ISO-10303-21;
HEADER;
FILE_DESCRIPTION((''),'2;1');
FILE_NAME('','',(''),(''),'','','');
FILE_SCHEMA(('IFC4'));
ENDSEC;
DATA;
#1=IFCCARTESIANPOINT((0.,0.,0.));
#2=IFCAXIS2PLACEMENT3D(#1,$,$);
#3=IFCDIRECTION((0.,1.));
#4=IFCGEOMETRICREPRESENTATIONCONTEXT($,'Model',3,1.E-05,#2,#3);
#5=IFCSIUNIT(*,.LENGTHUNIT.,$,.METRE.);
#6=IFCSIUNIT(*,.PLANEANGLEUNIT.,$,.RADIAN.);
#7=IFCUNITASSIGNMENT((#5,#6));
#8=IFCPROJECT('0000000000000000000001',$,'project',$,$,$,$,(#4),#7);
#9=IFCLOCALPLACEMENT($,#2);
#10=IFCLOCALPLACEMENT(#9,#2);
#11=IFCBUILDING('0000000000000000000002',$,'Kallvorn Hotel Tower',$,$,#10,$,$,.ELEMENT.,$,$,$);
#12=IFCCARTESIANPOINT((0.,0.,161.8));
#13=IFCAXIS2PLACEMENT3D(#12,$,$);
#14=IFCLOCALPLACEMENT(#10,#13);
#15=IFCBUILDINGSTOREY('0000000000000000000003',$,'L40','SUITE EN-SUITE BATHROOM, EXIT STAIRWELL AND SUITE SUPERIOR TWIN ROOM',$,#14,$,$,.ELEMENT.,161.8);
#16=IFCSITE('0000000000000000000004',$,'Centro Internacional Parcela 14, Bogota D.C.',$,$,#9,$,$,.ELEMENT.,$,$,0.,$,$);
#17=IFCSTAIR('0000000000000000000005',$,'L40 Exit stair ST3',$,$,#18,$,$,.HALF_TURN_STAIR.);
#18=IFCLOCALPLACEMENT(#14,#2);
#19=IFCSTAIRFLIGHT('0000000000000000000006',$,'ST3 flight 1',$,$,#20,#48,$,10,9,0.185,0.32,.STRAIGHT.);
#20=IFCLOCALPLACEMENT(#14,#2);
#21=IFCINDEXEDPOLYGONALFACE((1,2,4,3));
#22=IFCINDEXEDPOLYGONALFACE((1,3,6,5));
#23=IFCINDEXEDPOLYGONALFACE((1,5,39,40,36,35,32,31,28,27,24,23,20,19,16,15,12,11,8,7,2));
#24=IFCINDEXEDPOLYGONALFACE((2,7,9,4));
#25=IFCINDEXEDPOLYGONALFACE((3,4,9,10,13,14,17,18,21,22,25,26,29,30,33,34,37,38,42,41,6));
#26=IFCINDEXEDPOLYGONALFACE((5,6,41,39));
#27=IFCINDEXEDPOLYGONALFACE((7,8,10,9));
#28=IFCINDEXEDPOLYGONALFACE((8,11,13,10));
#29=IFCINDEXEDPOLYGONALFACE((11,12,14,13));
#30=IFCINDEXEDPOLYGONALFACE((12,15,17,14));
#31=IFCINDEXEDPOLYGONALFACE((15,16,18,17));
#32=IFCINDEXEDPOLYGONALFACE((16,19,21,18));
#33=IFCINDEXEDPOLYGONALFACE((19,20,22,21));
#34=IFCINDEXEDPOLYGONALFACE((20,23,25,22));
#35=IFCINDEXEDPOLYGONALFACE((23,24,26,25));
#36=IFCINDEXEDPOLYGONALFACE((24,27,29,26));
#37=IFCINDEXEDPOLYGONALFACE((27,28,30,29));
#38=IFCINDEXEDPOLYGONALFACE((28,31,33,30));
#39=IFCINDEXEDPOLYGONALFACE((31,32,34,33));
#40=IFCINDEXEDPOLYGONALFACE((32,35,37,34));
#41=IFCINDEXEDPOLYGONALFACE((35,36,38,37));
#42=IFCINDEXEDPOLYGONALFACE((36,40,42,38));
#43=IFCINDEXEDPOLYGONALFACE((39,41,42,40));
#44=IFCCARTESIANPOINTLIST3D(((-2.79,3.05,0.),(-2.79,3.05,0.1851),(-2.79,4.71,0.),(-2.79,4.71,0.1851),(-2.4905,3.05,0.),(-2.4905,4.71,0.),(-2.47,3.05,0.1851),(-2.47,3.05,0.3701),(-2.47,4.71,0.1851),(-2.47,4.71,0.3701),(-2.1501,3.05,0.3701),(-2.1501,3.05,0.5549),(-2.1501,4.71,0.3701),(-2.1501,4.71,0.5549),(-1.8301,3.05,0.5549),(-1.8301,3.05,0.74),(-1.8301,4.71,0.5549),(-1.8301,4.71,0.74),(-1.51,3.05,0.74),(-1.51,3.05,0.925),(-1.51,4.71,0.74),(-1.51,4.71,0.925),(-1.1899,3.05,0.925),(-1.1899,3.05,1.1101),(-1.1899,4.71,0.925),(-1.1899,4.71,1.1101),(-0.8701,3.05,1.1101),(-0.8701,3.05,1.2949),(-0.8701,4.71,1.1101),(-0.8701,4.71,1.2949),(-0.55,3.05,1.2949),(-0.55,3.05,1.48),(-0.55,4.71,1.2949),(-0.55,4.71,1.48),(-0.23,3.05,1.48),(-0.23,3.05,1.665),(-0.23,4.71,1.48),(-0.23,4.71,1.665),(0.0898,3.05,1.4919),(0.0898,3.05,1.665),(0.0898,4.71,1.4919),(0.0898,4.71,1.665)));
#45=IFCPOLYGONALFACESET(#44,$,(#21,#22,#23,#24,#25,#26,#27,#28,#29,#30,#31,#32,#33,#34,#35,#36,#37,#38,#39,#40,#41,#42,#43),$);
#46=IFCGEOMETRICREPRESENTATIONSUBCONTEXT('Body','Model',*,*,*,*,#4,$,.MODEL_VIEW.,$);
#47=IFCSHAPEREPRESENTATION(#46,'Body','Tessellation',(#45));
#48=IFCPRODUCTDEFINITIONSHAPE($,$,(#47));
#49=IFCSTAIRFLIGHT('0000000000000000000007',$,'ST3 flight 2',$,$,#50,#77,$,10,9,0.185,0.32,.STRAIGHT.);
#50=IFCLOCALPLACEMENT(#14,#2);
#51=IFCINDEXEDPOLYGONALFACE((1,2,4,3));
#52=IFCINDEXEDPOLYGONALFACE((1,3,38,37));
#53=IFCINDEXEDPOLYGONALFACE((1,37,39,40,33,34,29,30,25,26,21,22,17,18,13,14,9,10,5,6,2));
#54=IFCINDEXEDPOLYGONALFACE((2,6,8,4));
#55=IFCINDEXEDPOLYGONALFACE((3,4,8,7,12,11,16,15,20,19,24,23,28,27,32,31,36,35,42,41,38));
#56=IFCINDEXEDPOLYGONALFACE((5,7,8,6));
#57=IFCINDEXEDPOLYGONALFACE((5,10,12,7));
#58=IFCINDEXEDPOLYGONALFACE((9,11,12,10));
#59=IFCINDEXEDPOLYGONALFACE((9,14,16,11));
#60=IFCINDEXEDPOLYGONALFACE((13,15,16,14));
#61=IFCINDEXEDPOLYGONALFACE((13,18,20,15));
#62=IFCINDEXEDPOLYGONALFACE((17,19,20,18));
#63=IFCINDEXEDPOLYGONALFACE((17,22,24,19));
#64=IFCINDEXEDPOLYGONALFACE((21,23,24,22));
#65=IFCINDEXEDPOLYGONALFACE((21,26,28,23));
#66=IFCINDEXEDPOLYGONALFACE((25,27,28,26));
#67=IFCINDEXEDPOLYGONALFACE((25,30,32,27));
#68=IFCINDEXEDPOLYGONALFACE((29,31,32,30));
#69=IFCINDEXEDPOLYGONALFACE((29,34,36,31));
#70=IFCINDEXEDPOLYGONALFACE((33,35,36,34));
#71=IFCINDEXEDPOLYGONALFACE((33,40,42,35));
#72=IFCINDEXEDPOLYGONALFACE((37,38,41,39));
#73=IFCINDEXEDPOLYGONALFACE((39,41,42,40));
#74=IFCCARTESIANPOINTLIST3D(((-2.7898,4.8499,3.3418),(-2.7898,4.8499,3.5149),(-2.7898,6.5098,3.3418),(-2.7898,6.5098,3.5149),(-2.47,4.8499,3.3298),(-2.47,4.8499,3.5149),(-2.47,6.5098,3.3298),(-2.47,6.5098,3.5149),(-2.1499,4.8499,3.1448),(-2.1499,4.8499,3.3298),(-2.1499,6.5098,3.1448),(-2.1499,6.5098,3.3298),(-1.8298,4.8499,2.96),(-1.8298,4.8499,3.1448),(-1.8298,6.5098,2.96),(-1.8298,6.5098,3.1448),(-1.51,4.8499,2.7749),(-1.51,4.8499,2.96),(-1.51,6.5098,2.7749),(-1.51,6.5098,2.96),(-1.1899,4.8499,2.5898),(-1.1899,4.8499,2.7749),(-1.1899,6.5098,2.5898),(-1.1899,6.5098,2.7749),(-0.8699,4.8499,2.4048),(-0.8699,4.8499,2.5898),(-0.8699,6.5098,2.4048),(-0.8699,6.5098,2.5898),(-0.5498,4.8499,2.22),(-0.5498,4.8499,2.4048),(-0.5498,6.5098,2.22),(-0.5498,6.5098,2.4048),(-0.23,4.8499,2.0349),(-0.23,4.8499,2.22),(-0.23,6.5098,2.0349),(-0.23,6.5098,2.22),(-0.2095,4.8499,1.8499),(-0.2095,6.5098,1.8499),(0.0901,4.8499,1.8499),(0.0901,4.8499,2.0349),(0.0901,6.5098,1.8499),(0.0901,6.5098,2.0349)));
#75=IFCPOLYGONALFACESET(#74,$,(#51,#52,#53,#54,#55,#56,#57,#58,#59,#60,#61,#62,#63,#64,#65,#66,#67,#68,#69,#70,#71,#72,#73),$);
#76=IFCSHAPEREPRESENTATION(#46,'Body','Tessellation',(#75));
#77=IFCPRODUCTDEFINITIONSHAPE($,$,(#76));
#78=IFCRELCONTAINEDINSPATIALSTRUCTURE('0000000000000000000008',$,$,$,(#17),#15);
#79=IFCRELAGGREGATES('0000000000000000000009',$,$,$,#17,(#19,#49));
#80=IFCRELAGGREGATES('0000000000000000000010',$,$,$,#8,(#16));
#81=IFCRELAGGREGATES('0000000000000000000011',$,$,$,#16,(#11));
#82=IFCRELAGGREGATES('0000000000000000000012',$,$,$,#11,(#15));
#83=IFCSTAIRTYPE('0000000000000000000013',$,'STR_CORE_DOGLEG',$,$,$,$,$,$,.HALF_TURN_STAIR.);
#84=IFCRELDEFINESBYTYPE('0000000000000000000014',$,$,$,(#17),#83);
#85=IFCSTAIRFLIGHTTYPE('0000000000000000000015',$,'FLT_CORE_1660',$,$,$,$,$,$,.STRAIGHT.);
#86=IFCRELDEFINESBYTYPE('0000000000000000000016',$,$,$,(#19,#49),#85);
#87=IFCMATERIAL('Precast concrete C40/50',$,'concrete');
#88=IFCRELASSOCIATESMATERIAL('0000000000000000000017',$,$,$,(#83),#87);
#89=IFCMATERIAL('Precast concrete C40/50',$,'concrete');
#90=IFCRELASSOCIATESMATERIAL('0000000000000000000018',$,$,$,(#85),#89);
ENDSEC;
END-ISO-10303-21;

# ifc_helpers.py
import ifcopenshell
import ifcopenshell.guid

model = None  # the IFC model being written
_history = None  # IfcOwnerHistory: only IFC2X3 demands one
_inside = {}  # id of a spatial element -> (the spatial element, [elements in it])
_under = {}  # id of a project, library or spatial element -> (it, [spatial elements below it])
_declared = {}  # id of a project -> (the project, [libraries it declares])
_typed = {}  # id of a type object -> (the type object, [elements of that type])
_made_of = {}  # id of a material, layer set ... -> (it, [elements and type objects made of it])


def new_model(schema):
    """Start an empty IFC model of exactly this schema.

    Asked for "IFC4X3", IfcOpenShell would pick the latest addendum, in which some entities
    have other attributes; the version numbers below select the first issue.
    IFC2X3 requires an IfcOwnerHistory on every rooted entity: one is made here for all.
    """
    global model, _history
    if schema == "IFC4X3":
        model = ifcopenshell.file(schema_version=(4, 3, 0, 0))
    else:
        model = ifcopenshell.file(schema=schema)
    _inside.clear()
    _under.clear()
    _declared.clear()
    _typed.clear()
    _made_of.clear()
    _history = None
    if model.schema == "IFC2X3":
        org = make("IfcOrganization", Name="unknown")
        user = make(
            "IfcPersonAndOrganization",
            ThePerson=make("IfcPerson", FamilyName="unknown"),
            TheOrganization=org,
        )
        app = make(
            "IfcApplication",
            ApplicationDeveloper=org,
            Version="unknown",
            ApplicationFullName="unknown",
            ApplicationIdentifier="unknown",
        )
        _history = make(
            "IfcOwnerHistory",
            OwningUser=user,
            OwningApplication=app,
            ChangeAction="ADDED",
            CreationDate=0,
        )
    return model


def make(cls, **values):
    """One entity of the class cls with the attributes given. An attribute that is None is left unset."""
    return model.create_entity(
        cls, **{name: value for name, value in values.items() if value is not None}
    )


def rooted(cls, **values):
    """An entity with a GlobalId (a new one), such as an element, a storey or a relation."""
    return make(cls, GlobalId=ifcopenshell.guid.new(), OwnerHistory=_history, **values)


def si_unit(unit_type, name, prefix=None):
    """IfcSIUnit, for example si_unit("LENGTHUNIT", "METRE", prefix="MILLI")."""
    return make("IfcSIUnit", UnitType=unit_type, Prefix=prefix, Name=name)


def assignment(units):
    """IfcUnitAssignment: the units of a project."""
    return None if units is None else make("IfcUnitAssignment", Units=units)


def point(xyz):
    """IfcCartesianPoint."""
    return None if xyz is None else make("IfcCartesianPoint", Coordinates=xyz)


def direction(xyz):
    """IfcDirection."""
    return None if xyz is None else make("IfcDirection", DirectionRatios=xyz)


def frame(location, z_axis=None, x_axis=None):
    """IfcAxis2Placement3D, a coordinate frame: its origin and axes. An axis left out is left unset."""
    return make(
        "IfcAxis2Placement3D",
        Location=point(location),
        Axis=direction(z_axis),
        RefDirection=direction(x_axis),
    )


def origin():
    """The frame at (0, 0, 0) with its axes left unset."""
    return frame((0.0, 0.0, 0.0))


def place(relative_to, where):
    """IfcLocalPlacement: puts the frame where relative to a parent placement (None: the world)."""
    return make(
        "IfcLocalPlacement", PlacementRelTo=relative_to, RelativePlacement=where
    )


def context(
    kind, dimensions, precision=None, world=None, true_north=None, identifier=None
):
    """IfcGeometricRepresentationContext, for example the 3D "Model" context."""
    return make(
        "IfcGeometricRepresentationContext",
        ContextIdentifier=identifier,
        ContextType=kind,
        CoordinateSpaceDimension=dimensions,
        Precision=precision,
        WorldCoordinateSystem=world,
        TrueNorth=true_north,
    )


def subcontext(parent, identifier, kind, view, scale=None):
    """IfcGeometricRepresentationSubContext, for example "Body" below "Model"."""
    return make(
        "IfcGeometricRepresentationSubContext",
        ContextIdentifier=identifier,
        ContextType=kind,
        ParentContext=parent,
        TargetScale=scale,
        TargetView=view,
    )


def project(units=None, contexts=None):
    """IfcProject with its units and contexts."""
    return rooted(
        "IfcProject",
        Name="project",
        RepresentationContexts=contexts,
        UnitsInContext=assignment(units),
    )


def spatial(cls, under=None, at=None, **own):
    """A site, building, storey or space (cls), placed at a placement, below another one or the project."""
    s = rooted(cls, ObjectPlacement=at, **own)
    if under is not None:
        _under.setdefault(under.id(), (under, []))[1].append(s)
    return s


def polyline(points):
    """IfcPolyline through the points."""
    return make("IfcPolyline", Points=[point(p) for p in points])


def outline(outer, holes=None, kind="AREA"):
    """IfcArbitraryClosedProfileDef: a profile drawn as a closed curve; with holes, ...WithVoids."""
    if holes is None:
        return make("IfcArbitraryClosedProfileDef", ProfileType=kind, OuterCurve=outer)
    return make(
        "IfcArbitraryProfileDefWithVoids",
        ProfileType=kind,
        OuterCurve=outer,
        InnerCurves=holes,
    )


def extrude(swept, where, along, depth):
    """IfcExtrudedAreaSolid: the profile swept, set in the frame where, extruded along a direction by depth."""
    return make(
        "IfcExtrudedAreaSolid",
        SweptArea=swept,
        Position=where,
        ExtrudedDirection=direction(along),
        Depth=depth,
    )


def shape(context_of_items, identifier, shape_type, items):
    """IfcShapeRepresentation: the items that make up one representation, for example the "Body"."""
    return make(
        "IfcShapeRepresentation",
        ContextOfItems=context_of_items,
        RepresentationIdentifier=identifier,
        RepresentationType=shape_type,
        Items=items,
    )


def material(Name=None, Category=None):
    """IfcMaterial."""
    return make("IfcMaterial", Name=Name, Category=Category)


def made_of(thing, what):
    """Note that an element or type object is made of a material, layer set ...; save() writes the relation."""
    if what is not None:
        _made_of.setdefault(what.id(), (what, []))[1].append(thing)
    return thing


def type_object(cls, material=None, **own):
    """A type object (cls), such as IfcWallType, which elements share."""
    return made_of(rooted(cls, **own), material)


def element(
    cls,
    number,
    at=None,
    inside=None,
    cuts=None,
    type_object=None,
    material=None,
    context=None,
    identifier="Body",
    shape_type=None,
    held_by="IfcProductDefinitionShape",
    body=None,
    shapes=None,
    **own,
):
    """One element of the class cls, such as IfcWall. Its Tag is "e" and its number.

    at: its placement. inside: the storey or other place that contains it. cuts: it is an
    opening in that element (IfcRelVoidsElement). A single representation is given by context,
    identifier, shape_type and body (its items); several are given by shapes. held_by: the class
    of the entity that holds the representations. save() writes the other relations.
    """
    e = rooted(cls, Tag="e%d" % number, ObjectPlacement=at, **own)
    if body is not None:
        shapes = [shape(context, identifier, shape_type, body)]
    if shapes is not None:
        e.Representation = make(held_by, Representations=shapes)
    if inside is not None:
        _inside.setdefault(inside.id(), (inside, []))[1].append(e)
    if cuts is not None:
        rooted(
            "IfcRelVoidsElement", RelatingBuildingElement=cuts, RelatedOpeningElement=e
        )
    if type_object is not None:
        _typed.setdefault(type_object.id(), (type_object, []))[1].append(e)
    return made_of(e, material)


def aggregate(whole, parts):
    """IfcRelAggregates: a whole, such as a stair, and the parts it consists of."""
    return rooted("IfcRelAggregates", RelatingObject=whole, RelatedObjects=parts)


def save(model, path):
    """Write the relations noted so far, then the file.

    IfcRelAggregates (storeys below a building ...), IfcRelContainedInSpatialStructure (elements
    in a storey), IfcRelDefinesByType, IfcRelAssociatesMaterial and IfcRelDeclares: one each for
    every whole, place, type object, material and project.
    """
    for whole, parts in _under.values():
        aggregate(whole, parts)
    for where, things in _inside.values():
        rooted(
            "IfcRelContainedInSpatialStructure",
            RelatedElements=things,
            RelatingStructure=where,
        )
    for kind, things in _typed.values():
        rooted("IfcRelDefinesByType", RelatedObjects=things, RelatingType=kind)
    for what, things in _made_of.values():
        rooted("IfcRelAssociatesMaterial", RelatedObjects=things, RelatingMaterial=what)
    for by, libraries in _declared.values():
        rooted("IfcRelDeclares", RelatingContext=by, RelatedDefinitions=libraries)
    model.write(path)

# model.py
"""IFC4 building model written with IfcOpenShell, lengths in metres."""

from ifc_helpers import new_model, si_unit, direction, frame, origin, place, context, subcontext, project, spatial, polyline, outline, extrude, material, type_object, element, aggregate, save


model = new_model("IFC4")

# Units and contexts
model_context = context("Model", 3, precision=1e-05, world=origin(), true_north=direction((0.0, 1.0)))
body_context = subcontext(model_context, "Body", "Model", "MODEL_VIEW")
ifc_project = project(units=[si_unit("LENGTHUNIT", "METRE"), si_unit("PLANEANGLEUNIT", "RADIAN")], contexts=[model_context])

# Site, building, storey
site_placement = place(None, origin())
site = spatial("IfcSite", under=ifc_project, at=site_placement, Name="Centro Internacional Parcela 14, Bogota D.C.", CompositionType="ELEMENT", RefElevation=0.0)
building_placement = place(site_placement, origin())
building = spatial("IfcBuilding", under=site, at=building_placement, Name="Kallvorn Hotel Tower", CompositionType="ELEMENT")
storey_placement = place(building_placement, frame((0.0, 0.0, 161.8)))
storey = spatial("IfcBuildingStorey", under=building, at=storey_placement, Name="L40", Description="SUITE EN-SUITE BATHROOM, EXIT STAIRWELL AND SUITE SUPERIOR TWIN ROOM", CompositionType="ELEMENT", Elevation=161.8)

# Stair
ifc_material_1 = material(Name="Precast concrete C40/50", Category="concrete")
stair_type = type_object("IfcStairType", Name="STR_CORE_DOGLEG", PredefinedType="HALF_TURN_STAIR", material=ifc_material_1)
stair_1_placement = place(storey_placement, origin())
stair_1 = element("IfcStair", 1, at=stair_1_placement, inside=storey, type_object=stair_type, Name="L40 Exit stair ST3", PredefinedType="HALF_TURN_STAIR")

# Stair flights
ifc_material_2 = material(Name="Precast concrete C40/50", Category="concrete")
stair_flight_type = type_object("IfcStairFlightType", Name="FLT_CORE_1660", PredefinedType="STRAIGHT", material=ifc_material_2)
stair_flight_1_placement = place(storey_placement, frame((-2.79, 3.8799, 0.0), z_axis=(0.0, 0.0, 1.0), x_axis=(1.0, 0.0, 0.0)))
stair_flight_1 = element("IfcStairFlight", 2, at=stair_flight_1_placement, type_object=stair_flight_type, Name="ST3 flight 1", NumberOfRisers=10, NumberOfTreads=9, PredefinedType="STRAIGHT", RiserHeight=0.185, TreadLength=0.32, context=body_context, shape_type="SweptSolid", body=[
    extrude(outline(polyline([(0.0, 0.0), (0.0, 0.1851), (0.3201, 0.1851), (0.3201, 0.3701), (0.6399, 0.3701), (0.6399, 0.5549), (0.96, 0.5549), (0.96, 0.74), (1.28, 0.74), (1.28, 0.925), (1.6001, 0.925), (1.6001, 1.1101), (1.9199, 1.1101), (1.9199, 1.2949), (2.24, 1.2949), (2.24, 1.48), (2.5601, 1.48), (2.5601, 1.665), (2.8799, 1.665), (2.8799, 1.8501), (2.8799, 1.4919), (0.2996, 0.0), (0.0, 0.0)])), frame((0.0, 0.8301, 0.0), z_axis=(0.0, -1.0, 0.0), x_axis=(1.0, 0.0, 0.0)), (0.0, 0.0, 1.0), 1.6599),
])
stair_flight_2_placement = place(storey_placement, frame((0.0901, 5.6799, 1.8499), z_axis=(0.0, 0.0, 1.0), x_axis=(-1.0, 0.0, 0.0)))
stair_flight_2 = element("IfcStairFlight", 3, at=stair_flight_2_placement, type_object=stair_flight_type, Name="ST3 flight 2", NumberOfRisers=10, NumberOfTreads=9, PredefinedType="STRAIGHT", RiserHeight=0.185, TreadLength=0.32, context=body_context, shape_type="SweptSolid", body=[
    extrude(outline(polyline([(0.0, 0.0), (0.0, 0.1851), (0.3201, 0.1851), (0.3201, 0.3701), (0.6399, 0.3701), (0.6399, 0.5549), (0.96, 0.5549), (0.96, 0.74), (1.28, 0.74), (1.28, 0.925), (1.6001, 0.925), (1.6001, 1.1101), (1.9199, 1.1101), (1.9199, 1.2949), (2.24, 1.2949), (2.24, 1.48), (2.5601, 1.48), (2.5601, 1.665), (2.8799, 1.665), (2.8799, 1.8501), (2.8799, 1.4919), (0.2996, 0.0), (0.0, 0.0)])), frame((0.0, 0.8301, 0.0), z_axis=(0.0, -1.0, 0.0), x_axis=(1.0, 0.0, 0.0)), (0.0, 0.0, 1.0), 1.6599),
])
aggregate(stair_1, [stair_flight_1, stair_flight_2])

save(model, "model.ifc")
